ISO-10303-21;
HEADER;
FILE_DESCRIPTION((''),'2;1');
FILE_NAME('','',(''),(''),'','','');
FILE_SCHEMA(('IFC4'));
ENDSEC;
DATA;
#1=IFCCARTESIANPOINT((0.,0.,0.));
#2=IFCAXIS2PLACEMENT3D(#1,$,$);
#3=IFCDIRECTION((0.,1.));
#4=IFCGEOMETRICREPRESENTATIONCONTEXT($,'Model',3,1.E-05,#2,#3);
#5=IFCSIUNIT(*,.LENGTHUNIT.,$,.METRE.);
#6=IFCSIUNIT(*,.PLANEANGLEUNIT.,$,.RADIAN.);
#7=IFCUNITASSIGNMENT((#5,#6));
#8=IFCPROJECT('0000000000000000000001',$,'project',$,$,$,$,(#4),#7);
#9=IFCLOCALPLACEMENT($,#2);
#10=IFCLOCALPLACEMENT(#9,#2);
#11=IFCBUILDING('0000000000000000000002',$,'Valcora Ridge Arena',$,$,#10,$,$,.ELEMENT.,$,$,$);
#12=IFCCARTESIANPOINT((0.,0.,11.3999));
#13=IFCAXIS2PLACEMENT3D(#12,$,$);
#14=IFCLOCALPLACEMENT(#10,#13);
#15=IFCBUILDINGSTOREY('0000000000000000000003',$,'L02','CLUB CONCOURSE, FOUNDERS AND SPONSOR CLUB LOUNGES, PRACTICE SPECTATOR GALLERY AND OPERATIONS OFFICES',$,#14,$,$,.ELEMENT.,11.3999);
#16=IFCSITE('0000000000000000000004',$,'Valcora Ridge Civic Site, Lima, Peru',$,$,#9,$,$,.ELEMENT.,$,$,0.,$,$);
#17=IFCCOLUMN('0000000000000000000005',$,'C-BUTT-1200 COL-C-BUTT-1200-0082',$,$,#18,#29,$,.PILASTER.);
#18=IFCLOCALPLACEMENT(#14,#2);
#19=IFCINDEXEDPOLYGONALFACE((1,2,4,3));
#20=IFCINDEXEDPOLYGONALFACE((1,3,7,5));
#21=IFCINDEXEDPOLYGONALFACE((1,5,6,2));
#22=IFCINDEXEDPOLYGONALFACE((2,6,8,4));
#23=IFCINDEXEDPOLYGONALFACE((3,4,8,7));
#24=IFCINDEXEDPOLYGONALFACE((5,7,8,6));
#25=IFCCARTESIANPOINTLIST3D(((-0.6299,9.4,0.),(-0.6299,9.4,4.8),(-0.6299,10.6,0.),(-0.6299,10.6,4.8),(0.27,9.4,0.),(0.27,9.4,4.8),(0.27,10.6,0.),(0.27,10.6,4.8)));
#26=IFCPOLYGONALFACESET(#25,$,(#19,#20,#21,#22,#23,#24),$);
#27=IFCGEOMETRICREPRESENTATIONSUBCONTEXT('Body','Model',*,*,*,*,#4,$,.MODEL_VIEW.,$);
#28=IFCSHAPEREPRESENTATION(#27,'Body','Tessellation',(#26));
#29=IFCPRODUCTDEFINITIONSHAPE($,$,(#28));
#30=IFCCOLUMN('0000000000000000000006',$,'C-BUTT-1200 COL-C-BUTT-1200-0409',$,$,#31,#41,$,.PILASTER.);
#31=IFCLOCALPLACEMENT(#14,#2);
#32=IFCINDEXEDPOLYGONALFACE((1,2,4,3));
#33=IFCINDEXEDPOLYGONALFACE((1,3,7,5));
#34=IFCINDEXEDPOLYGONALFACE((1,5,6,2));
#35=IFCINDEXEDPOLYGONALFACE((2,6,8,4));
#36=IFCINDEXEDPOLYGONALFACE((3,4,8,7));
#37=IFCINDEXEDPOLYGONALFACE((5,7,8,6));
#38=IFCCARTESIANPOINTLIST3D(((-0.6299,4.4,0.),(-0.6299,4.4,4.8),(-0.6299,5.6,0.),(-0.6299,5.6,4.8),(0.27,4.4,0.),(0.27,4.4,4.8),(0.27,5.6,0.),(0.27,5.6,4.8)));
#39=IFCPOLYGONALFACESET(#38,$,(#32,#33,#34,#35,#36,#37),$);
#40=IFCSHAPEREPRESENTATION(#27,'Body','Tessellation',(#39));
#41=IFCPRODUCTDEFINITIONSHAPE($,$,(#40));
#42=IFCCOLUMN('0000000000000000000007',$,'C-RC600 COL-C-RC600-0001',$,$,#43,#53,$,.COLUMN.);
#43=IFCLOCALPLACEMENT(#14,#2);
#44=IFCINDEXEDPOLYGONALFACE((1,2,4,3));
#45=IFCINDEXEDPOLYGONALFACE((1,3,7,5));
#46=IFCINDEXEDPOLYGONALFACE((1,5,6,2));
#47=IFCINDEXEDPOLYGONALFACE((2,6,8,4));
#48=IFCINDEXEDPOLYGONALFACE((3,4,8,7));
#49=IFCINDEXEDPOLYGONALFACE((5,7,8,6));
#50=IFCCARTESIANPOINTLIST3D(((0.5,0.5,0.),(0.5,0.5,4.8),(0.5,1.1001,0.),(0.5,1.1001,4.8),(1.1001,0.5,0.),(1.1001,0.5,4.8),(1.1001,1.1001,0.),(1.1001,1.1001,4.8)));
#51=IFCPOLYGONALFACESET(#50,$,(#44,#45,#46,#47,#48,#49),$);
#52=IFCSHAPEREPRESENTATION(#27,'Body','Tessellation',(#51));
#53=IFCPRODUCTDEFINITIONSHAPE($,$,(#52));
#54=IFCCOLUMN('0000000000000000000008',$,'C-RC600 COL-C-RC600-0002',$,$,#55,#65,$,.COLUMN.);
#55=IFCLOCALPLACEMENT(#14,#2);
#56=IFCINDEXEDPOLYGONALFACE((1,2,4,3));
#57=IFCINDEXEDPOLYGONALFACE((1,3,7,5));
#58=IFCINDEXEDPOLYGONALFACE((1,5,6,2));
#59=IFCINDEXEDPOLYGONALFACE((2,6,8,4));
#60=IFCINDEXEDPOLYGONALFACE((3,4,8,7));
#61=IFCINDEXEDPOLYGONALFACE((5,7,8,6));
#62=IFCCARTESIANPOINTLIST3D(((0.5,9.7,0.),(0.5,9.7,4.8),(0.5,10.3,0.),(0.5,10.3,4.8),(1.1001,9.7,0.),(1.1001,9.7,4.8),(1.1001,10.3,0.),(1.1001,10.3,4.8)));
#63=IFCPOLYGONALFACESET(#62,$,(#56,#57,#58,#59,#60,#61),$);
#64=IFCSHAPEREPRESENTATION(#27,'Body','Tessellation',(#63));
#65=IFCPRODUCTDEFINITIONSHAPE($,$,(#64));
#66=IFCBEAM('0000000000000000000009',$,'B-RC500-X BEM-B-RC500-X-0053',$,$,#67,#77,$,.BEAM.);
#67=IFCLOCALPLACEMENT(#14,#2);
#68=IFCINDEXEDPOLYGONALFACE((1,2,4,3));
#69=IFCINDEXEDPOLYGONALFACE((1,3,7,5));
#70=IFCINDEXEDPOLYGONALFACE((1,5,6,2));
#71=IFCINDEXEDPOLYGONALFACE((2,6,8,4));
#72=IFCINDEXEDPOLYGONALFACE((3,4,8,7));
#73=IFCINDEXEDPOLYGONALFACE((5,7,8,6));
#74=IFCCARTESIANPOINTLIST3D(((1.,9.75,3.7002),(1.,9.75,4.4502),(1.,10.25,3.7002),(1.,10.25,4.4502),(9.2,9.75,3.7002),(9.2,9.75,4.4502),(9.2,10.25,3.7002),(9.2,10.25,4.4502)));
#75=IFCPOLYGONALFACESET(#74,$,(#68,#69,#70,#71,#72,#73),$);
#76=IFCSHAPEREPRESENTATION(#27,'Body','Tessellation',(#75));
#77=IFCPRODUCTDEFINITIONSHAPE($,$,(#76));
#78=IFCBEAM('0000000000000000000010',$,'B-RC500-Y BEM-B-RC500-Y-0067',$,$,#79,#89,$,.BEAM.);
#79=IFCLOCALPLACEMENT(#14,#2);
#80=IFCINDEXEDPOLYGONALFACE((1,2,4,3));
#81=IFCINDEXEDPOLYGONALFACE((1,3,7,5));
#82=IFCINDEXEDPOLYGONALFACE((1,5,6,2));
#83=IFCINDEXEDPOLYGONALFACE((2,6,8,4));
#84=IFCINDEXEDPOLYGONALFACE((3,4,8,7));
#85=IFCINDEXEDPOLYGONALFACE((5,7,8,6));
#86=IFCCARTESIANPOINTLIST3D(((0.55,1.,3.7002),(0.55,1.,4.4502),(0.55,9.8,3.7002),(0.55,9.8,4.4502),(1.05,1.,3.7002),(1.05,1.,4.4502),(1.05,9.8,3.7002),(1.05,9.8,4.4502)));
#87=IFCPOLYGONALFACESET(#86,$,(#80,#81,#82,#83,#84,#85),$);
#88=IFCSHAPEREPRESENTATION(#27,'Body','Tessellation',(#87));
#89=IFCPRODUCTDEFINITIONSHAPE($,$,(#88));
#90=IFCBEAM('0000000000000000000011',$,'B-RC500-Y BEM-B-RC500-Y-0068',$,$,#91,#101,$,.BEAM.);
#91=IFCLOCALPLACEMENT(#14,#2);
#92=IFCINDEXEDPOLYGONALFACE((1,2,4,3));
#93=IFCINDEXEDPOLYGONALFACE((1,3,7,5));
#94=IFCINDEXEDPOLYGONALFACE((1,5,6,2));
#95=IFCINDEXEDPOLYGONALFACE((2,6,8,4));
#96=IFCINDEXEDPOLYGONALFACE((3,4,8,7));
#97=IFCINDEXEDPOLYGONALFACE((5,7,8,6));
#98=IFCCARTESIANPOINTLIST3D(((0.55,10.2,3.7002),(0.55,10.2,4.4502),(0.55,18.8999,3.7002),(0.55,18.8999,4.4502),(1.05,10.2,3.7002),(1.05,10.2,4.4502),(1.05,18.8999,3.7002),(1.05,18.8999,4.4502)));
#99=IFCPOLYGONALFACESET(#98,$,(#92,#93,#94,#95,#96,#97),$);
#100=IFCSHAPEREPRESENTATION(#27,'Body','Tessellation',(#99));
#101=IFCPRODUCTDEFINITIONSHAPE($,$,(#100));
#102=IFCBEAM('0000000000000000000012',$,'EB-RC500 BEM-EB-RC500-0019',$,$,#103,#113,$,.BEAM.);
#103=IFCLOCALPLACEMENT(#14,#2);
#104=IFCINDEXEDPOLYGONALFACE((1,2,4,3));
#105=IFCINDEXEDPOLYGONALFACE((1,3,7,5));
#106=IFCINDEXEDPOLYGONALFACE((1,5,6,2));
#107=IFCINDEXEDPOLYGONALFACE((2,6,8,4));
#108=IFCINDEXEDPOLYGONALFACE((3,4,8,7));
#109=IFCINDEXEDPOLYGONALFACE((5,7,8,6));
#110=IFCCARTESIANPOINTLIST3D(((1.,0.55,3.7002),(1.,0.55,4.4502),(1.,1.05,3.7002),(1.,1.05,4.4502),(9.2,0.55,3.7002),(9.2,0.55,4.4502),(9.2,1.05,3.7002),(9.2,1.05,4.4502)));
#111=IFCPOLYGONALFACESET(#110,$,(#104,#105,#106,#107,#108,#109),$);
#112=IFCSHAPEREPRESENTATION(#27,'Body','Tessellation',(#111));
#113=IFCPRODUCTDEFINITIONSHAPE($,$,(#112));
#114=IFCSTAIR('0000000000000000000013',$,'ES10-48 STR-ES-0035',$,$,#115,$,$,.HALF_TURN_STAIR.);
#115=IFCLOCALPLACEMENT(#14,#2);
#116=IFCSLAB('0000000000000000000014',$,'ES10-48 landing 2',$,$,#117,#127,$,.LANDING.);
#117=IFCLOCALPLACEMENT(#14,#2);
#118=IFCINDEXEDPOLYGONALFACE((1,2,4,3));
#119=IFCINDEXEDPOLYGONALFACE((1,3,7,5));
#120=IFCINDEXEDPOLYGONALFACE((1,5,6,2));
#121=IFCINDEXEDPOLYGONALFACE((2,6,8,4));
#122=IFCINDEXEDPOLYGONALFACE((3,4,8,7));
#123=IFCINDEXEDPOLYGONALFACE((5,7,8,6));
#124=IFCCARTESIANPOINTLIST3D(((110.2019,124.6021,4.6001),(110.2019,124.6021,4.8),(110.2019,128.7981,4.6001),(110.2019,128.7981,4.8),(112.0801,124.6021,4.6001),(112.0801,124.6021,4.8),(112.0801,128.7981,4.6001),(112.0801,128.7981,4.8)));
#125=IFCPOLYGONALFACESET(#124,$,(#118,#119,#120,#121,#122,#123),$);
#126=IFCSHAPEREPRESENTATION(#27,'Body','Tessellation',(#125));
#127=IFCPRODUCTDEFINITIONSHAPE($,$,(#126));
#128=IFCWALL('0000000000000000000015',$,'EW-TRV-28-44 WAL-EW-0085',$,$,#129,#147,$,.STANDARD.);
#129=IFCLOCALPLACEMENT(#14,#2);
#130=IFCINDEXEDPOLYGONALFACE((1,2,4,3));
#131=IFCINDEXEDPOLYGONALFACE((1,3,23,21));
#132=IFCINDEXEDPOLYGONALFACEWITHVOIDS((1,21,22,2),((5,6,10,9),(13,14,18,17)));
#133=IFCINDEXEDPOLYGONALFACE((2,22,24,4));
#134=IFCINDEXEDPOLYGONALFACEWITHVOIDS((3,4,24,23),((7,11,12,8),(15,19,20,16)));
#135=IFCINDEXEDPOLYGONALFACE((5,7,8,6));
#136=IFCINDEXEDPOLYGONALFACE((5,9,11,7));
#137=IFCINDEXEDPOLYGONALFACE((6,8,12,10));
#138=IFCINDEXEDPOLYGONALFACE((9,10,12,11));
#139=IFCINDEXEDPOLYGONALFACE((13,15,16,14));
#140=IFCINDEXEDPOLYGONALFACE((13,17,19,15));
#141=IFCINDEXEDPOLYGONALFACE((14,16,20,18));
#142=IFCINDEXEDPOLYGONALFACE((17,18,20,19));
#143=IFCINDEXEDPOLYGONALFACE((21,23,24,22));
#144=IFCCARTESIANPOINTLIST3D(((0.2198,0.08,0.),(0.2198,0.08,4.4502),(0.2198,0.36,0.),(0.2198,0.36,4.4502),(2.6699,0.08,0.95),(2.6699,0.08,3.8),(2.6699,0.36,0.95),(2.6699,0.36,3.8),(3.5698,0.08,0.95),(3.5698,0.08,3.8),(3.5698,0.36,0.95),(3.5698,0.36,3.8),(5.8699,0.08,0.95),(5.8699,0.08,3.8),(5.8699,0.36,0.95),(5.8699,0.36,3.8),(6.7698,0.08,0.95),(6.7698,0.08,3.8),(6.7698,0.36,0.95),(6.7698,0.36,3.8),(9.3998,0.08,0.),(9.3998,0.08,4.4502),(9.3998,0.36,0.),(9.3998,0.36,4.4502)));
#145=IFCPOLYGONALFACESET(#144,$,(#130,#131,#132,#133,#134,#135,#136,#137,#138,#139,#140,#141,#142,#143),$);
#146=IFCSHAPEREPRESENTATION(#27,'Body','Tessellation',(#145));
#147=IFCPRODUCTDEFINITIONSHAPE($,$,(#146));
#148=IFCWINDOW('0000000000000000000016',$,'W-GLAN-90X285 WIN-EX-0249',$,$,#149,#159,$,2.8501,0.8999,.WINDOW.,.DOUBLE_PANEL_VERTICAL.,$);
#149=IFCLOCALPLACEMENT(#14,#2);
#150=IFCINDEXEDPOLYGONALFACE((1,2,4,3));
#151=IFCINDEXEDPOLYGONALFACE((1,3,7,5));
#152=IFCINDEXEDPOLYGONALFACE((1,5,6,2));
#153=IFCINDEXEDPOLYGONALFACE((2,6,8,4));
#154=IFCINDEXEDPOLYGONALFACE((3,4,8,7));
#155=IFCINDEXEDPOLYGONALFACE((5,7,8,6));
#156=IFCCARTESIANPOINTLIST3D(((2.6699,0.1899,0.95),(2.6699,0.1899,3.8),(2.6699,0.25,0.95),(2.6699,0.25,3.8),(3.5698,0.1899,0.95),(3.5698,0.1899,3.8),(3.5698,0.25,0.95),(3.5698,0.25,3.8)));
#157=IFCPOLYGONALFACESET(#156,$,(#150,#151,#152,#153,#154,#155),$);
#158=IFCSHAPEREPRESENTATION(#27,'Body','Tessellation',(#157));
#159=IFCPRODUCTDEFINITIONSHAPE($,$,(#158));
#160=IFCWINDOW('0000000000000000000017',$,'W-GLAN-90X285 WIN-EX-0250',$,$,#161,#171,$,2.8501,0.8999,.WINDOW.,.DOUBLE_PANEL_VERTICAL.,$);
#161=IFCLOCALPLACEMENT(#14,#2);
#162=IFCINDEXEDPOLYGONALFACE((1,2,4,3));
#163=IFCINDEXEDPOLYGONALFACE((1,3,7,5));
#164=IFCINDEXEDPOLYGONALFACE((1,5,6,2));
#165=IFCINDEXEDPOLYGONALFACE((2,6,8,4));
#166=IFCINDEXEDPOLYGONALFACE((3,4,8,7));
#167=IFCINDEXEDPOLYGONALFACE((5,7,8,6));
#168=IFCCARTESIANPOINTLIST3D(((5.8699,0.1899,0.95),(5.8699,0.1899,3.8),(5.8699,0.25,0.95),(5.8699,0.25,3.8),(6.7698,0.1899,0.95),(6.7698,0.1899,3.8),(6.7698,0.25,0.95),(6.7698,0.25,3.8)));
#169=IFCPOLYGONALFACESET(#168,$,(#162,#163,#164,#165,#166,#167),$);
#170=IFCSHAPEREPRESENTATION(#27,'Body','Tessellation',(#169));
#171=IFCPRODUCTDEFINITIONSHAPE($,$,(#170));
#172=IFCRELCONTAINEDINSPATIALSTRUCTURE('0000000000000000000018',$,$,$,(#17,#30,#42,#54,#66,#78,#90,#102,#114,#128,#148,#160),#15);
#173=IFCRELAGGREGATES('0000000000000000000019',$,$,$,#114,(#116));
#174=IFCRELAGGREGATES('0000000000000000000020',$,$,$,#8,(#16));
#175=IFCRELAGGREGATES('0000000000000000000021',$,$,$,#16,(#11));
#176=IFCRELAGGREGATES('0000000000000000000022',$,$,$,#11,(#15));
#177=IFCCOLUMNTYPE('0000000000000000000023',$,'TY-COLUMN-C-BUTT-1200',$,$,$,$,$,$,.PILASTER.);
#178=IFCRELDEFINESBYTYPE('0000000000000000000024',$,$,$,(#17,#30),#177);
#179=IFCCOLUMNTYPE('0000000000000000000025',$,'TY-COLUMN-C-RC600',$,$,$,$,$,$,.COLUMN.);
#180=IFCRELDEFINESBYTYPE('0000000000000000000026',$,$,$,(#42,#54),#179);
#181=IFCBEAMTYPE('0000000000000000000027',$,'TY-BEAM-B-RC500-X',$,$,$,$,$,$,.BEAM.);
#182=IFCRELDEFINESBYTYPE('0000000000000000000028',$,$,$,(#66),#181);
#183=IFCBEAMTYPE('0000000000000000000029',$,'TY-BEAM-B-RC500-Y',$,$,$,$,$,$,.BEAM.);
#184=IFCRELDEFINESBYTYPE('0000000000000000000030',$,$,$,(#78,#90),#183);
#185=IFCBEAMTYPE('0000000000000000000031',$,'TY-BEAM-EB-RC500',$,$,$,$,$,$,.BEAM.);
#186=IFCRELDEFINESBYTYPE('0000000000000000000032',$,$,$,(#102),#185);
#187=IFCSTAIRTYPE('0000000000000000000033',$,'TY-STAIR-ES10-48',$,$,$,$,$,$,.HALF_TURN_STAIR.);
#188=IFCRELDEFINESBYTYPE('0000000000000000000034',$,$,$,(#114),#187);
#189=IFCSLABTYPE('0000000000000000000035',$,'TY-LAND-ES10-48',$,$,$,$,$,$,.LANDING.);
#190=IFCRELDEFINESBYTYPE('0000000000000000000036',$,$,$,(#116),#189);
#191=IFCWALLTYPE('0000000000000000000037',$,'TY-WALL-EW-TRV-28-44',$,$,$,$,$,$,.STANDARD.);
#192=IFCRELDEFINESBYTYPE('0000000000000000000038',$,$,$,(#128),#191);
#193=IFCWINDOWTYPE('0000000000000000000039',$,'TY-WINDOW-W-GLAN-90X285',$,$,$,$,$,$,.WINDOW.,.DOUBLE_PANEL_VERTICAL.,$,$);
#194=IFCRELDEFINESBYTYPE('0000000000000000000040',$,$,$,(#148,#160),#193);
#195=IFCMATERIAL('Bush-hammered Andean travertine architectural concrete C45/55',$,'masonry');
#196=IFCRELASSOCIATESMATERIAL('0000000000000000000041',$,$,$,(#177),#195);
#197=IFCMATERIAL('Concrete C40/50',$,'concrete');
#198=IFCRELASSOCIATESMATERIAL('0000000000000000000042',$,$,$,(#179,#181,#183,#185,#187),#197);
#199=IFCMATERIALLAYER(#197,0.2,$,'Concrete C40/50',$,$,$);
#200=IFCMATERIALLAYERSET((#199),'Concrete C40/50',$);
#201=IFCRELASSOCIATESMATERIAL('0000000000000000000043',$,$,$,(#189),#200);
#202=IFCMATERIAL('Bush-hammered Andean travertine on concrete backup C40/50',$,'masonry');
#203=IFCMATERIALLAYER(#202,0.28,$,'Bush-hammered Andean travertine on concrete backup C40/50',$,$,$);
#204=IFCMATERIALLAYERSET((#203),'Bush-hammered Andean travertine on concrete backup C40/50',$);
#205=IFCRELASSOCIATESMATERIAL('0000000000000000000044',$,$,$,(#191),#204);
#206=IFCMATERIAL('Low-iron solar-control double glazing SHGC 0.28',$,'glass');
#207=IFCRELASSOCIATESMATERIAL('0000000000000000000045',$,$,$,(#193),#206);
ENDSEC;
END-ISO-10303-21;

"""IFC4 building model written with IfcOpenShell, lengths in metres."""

from ifc_helpers import new_model, si_unit, direction, frame, frame_2d, origin, origin_2d, place, context, subcontext, project, spatial, polyline, rectangle, outline, extrude, material, layer, layer_set, material_profile, profile_set, type_object, element, fill, aggregate, save


model = new_model("IFC4")

# Units and contexts
model_context = context("Model", 3, precision=1e-05, world=origin(), true_north=direction((0.0, 1.0)))
body_context = subcontext(model_context, "Body", "Model", "MODEL_VIEW")
ifc_project = project(units=[si_unit("LENGTHUNIT", "METRE"), si_unit("PLANEANGLEUNIT", "RADIAN")], contexts=[model_context])

# Site, building, storey
site_placement = place(None, origin())
site = spatial("IfcSite", under=ifc_project, at=site_placement, Name="Valcora Ridge Civic Site, Lima, Peru", CompositionType="ELEMENT", RefElevation=0.0)
building_placement = place(site_placement, origin())
building = spatial("IfcBuilding", under=site, at=building_placement, Name="Valcora Ridge Arena", CompositionType="ELEMENT")
storey_placement = place(building_placement, frame((0.0, 0.0, 11.3999)))
storey = spatial("IfcBuildingStorey", under=building, at=storey_placement, Name="L02", Description="CLUB CONCOURSE, FOUNDERS AND SPONSOR CLUB LOUNGES, PRACTICE SPECTATOR GALLERY AND OPERATIONS OFFICES", CompositionType="ELEMENT", Elevation=11.3999)

# Columns
ifc_material_1 = material(Name="Bush-hammered Andean travertine architectural concrete C45/55", Category="masonry")
ifc_material_profile_1 = material_profile(ifc_material_1, rectangle(XDim=0.8999, YDim=1.2, at=origin_2d()), Name="RC 900x1200")
ifc_profile_set_1 = profile_set([ifc_material_profile_1], Name="Bush-hammered Andean travertine architectural concrete C45/55")
column_type_1 = type_object("IfcColumnType", Name="TY-COLUMN-C-BUTT-1200", PredefinedType="PILASTER", material=ifc_profile_set_1)
for number, where, z_axis, x_axis, name in (
    (1, (-0.1799, 10.0, 0.0), (0.0, 0.0, 1.0), (1.0, 0.0, 0.0), "C-BUTT-1200 COL-C-BUTT-1200-0082"),
    (2, (-0.1799, 5.0, 0.0), (0.0, 0.0, 1.0), (1.0, 0.0, 0.0), "C-BUTT-1200 COL-C-BUTT-1200-0409"),
):
    element("IfcColumn", number, at=place(storey_placement, frame(where, z_axis=z_axis, x_axis=x_axis)), inside=storey, type_object=column_type_1, Name=name, PredefinedType="PILASTER", context=body_context, shape_type="SweptSolid", body=[
        extrude(rectangle(XDim=0.8999, YDim=1.2, at=origin_2d()), origin(), (0.0, 0.0, 1.0), 4.8),
    ])
ifc_material_2 = material(Name="Concrete C40/50", Category="concrete")
ifc_material_profile_2 = material_profile(ifc_material_2, rectangle(XDim=0.6001, YDim=0.6001, at=origin_2d()), Name="RC 600x600")
ifc_profile_set_2 = profile_set([ifc_material_profile_2], Name="Concrete C40/50")
column_type_2 = type_object("IfcColumnType", Name="TY-COLUMN-C-RC600", PredefinedType="COLUMN", material=ifc_profile_set_2)
for number, where, z_axis, x_axis, name in (
    (3, (0.8, 0.8, 0.0), (0.0, 0.0, 1.0), (1.0, 0.0, 0.0), "C-RC600 COL-C-RC600-0001"),
    (4, (0.8, 10.0, 0.0), (0.0, 0.0, 1.0), (1.0, 0.0, 0.0), "C-RC600 COL-C-RC600-0002"),
):
    element("IfcColumn", number, at=place(storey_placement, frame(where, z_axis=z_axis, x_axis=x_axis)), inside=storey, type_object=column_type_2, Name=name, PredefinedType="COLUMN", context=body_context, shape_type="SweptSolid", body=[
        extrude(rectangle(XDim=0.6001, YDim=0.6001, at=origin_2d()), origin(), (0.0, 0.0, 1.0), 4.8),
    ])

# Beams
ifc_material_profile_3 = material_profile(ifc_material_2, rectangle(XDim=0.5, YDim=0.75, at=origin_2d()), Name="RC 500x750")
ifc_profile_set_3 = profile_set([ifc_material_profile_3], Name="Concrete C40/50")
beam_type_1 = type_object("IfcBeamType", Name="TY-BEAM-B-RC500-X", PredefinedType="BEAM", material=ifc_profile_set_3)
beam_1_placement = place(storey_placement, frame((1.0, 10.0, 4.0752), z_axis=(1.0, 0.0, 0.0), x_axis=(0.0, 1.0, 0.0)))
element("IfcBeam", 5, at=beam_1_placement, inside=storey, type_object=beam_type_1, Name="B-RC500-X BEM-B-RC500-X-0053", PredefinedType="BEAM", context=body_context, shape_type="SweptSolid", body=[
    extrude(rectangle(XDim=0.5, YDim=0.75, at=origin_2d()), origin(), (0.0, 0.0, 1.0), 8.2),
])
ifc_material_profile_4 = material_profile(ifc_material_2, rectangle(XDim=0.5, YDim=0.75, at=origin_2d()), Name="RC 500x750")
ifc_profile_set_4 = profile_set([ifc_material_profile_4], Name="Concrete C40/50")
beam_type_2 = type_object("IfcBeamType", Name="TY-BEAM-B-RC500-Y", PredefinedType="BEAM", material=ifc_profile_set_4)
beam_2_placement = place(storey_placement, frame((0.8, 1.0, 4.0752), z_axis=(0.0, 1.0, 0.0), x_axis=(-1.0, 0.0, 0.0)))
element("IfcBeam", 6, at=beam_2_placement, inside=storey, type_object=beam_type_2, Name="B-RC500-Y BEM-B-RC500-Y-0067", PredefinedType="BEAM", context=body_context, shape_type="SweptSolid", body=[
    extrude(rectangle(XDim=0.5, YDim=0.75, at=origin_2d()), origin(), (0.0, 0.0, 1.0), 8.8),
])
beam_3_placement = place(storey_placement, frame((0.8, 10.2, 4.0752), z_axis=(0.0, 1.0, 0.0), x_axis=(-1.0, 0.0, 0.0)))
element("IfcBeam", 7, at=beam_3_placement, inside=storey, type_object=beam_type_2, Name="B-RC500-Y BEM-B-RC500-Y-0068", PredefinedType="BEAM", context=body_context, shape_type="SweptSolid", body=[
    extrude(rectangle(XDim=0.5, YDim=0.75, at=origin_2d()), origin(), (0.0, 0.0, 1.0), 8.7),
])
ifc_material_profile_5 = material_profile(ifc_material_2, rectangle(XDim=0.5, YDim=0.75, at=origin_2d()), Name="RC 500x750")
ifc_profile_set_5 = profile_set([ifc_material_profile_5], Name="Concrete C40/50")
beam_type_3 = type_object("IfcBeamType", Name="TY-BEAM-EB-RC500", PredefinedType="BEAM", material=ifc_profile_set_5)
beam_4_placement = place(storey_placement, frame((1.0, 0.8, 4.0752), z_axis=(1.0, 0.0, 0.0), x_axis=(0.0, 1.0, 0.0)))
element("IfcBeam", 8, at=beam_4_placement, inside=storey, type_object=beam_type_3, Name="EB-RC500 BEM-EB-RC500-0019", PredefinedType="BEAM", context=body_context, shape_type="SweptSolid", body=[
    extrude(rectangle(XDim=0.5, YDim=0.75, at=origin_2d()), origin(), (0.0, 0.0, 1.0), 8.2),
])

# Stair, slab
stair_type_1 = type_object("IfcStairType", Name="TY-STAIR-ES10-48", PredefinedType="HALF_TURN_STAIR", material=ifc_material_2)
stair_1_placement = place(storey_placement, origin())
stair_1 = element("IfcStair", 9, at=stair_1_placement, inside=storey, type_object=stair_type_1, Name="ES10-48 STR-ES-0035", PredefinedType="HALF_TURN_STAIR")
ifc_layer_1 = layer(ifc_material_2, 0.2, Name="Concrete C40/50")
ifc_layer_set_1 = layer_set([ifc_layer_1], Name="Concrete C40/50")
slab_type = type_object("IfcSlabType", Name="TY-LAND-ES10-48", PredefinedType="LANDING", material=ifc_layer_set_1)
slab_placement = place(storey_placement, frame((0.0, 0.0, 4.6001)))
slab = element("IfcSlab", 10, at=slab_placement, type_object=slab_type, Name="ES10-48 landing 2", PredefinedType="LANDING", context=body_context, shape_type="SweptSolid", body=[
    extrude(outline(polyline([(110.2019, 124.6021), (112.0801, 124.6021), (112.0801, 128.7981), (110.2019, 128.7981), (110.2019, 124.6021)])), origin(), (0.0, 0.0, 1.0), 0.2),
])
aggregate(stair_1, [slab])

# Wall, openings, windows
ifc_material_3 = material(Name="Bush-hammered Andean travertine on concrete backup C40/50", Category="masonry")
ifc_layer_2 = layer(ifc_material_3, 0.28, Name="Bush-hammered Andean travertine on concrete backup C40/50")
ifc_layer_set_2 = layer_set([ifc_layer_2], Name="Bush-hammered Andean travertine on concrete backup C40/50")
wall_type_1 = type_object("IfcWallType", Name="TY-WALL-EW-TRV-28-44", PredefinedType="STANDARD", material=ifc_layer_set_2)
wall_1_placement = place(storey_placement, frame((0.22, 0.22, 0.0), z_axis=(0.0, 0.0, 1.0), x_axis=(1.0, 0.0, 0.0)))
wall_1 = element("IfcWall", 11, at=wall_1_placement, inside=storey, type_object=wall_type_1, Name="EW-TRV-28-44 WAL-EW-0085", PredefinedType="STANDARD", context=body_context, shape_type="SweptSolid", body=[
    extrude(rectangle(XDim=9.1799, YDim=0.28, at=frame_2d((4.5898, 0.0))), origin(), (0.0, 0.0, 1.0), 4.4502),
])
opening_1_placement = place(wall_1_placement, frame((2.45, 0.0, 0.95)))
opening_1 = element("IfcOpeningElement", 12, at=opening_1_placement, cuts=wall_1, PredefinedType="OPENING", context=body_context, shape_type="SweptSolid", body=[
    extrude(rectangle(XDim=0.8999, YDim=2.8501, at=frame_2d((0.45, 1.425))), frame((0.0, 0.1499, 0.0), z_axis=(0.0, -1.0, 0.0), x_axis=(1.0, 0.0, 0.0)), (0.0, 0.0, 1.0), 0.3),
])
opening_2_placement = place(wall_1_placement, frame((5.6499, 0.0, 0.95)))
opening_2 = element("IfcOpeningElement", 13, at=opening_2_placement, cuts=wall_1, PredefinedType="OPENING", context=body_context, shape_type="SweptSolid", body=[
    extrude(rectangle(XDim=0.8999, YDim=2.8501, at=frame_2d((0.45, 1.425))), frame((0.0, 0.1499, 0.0), z_axis=(0.0, -1.0, 0.0), x_axis=(1.0, 0.0, 0.0)), (0.0, 0.0, 1.0), 0.3),
])
ifc_material_4 = material(Name="Low-iron solar-control double glazing SHGC 0.28", Category="glass")
window_type = type_object("IfcWindowType", Name="TY-WINDOW-W-GLAN-90X285", PartitioningType="DOUBLE_PANEL_VERTICAL", PredefinedType="WINDOW", material=ifc_material_4)
window_1_placement = place(opening_1_placement, origin())
window_1 = element("IfcWindow", 14, at=window_1_placement, inside=storey, type_object=window_type, Name="W-GLAN-90X285 WIN-EX-0249", OverallHeight=2.8501, OverallWidth=0.8999, PartitioningType="DOUBLE_PANEL_VERTICAL", PredefinedType="WINDOW", context=body_context, shape_type="SweptSolid", body=[
    extrude(rectangle(XDim=0.8999, YDim=2.8501, at=frame_2d((0.45, 1.425))), frame((0.0, 0.03, 0.0), z_axis=(0.0, -1.0, 0.0), x_axis=(1.0, 0.0, 0.0)), (0.0, 0.0, 1.0), 0.0601),
])
fill(opening_1, window_1)
window_2_placement = place(opening_2_placement, origin())
window_2 = element("IfcWindow", 15, at=window_2_placement, inside=storey, type_object=window_type, Name="W-GLAN-90X285 WIN-EX-0250", OverallHeight=2.8501, OverallWidth=0.8999, PartitioningType="DOUBLE_PANEL_VERTICAL", PredefinedType="WINDOW", context=body_context, shape_type="SweptSolid", body=[
    extrude(rectangle(XDim=0.8999, YDim=2.8501, at=frame_2d((0.45, 1.425))), frame((0.0, 0.03, 0.0), z_axis=(0.0, -1.0, 0.0), x_axis=(1.0, 0.0, 0.0)), (0.0, 0.0, 1.0), 0.0601),
])
fill(opening_2, window_2)

save(model, "model.ifc")
